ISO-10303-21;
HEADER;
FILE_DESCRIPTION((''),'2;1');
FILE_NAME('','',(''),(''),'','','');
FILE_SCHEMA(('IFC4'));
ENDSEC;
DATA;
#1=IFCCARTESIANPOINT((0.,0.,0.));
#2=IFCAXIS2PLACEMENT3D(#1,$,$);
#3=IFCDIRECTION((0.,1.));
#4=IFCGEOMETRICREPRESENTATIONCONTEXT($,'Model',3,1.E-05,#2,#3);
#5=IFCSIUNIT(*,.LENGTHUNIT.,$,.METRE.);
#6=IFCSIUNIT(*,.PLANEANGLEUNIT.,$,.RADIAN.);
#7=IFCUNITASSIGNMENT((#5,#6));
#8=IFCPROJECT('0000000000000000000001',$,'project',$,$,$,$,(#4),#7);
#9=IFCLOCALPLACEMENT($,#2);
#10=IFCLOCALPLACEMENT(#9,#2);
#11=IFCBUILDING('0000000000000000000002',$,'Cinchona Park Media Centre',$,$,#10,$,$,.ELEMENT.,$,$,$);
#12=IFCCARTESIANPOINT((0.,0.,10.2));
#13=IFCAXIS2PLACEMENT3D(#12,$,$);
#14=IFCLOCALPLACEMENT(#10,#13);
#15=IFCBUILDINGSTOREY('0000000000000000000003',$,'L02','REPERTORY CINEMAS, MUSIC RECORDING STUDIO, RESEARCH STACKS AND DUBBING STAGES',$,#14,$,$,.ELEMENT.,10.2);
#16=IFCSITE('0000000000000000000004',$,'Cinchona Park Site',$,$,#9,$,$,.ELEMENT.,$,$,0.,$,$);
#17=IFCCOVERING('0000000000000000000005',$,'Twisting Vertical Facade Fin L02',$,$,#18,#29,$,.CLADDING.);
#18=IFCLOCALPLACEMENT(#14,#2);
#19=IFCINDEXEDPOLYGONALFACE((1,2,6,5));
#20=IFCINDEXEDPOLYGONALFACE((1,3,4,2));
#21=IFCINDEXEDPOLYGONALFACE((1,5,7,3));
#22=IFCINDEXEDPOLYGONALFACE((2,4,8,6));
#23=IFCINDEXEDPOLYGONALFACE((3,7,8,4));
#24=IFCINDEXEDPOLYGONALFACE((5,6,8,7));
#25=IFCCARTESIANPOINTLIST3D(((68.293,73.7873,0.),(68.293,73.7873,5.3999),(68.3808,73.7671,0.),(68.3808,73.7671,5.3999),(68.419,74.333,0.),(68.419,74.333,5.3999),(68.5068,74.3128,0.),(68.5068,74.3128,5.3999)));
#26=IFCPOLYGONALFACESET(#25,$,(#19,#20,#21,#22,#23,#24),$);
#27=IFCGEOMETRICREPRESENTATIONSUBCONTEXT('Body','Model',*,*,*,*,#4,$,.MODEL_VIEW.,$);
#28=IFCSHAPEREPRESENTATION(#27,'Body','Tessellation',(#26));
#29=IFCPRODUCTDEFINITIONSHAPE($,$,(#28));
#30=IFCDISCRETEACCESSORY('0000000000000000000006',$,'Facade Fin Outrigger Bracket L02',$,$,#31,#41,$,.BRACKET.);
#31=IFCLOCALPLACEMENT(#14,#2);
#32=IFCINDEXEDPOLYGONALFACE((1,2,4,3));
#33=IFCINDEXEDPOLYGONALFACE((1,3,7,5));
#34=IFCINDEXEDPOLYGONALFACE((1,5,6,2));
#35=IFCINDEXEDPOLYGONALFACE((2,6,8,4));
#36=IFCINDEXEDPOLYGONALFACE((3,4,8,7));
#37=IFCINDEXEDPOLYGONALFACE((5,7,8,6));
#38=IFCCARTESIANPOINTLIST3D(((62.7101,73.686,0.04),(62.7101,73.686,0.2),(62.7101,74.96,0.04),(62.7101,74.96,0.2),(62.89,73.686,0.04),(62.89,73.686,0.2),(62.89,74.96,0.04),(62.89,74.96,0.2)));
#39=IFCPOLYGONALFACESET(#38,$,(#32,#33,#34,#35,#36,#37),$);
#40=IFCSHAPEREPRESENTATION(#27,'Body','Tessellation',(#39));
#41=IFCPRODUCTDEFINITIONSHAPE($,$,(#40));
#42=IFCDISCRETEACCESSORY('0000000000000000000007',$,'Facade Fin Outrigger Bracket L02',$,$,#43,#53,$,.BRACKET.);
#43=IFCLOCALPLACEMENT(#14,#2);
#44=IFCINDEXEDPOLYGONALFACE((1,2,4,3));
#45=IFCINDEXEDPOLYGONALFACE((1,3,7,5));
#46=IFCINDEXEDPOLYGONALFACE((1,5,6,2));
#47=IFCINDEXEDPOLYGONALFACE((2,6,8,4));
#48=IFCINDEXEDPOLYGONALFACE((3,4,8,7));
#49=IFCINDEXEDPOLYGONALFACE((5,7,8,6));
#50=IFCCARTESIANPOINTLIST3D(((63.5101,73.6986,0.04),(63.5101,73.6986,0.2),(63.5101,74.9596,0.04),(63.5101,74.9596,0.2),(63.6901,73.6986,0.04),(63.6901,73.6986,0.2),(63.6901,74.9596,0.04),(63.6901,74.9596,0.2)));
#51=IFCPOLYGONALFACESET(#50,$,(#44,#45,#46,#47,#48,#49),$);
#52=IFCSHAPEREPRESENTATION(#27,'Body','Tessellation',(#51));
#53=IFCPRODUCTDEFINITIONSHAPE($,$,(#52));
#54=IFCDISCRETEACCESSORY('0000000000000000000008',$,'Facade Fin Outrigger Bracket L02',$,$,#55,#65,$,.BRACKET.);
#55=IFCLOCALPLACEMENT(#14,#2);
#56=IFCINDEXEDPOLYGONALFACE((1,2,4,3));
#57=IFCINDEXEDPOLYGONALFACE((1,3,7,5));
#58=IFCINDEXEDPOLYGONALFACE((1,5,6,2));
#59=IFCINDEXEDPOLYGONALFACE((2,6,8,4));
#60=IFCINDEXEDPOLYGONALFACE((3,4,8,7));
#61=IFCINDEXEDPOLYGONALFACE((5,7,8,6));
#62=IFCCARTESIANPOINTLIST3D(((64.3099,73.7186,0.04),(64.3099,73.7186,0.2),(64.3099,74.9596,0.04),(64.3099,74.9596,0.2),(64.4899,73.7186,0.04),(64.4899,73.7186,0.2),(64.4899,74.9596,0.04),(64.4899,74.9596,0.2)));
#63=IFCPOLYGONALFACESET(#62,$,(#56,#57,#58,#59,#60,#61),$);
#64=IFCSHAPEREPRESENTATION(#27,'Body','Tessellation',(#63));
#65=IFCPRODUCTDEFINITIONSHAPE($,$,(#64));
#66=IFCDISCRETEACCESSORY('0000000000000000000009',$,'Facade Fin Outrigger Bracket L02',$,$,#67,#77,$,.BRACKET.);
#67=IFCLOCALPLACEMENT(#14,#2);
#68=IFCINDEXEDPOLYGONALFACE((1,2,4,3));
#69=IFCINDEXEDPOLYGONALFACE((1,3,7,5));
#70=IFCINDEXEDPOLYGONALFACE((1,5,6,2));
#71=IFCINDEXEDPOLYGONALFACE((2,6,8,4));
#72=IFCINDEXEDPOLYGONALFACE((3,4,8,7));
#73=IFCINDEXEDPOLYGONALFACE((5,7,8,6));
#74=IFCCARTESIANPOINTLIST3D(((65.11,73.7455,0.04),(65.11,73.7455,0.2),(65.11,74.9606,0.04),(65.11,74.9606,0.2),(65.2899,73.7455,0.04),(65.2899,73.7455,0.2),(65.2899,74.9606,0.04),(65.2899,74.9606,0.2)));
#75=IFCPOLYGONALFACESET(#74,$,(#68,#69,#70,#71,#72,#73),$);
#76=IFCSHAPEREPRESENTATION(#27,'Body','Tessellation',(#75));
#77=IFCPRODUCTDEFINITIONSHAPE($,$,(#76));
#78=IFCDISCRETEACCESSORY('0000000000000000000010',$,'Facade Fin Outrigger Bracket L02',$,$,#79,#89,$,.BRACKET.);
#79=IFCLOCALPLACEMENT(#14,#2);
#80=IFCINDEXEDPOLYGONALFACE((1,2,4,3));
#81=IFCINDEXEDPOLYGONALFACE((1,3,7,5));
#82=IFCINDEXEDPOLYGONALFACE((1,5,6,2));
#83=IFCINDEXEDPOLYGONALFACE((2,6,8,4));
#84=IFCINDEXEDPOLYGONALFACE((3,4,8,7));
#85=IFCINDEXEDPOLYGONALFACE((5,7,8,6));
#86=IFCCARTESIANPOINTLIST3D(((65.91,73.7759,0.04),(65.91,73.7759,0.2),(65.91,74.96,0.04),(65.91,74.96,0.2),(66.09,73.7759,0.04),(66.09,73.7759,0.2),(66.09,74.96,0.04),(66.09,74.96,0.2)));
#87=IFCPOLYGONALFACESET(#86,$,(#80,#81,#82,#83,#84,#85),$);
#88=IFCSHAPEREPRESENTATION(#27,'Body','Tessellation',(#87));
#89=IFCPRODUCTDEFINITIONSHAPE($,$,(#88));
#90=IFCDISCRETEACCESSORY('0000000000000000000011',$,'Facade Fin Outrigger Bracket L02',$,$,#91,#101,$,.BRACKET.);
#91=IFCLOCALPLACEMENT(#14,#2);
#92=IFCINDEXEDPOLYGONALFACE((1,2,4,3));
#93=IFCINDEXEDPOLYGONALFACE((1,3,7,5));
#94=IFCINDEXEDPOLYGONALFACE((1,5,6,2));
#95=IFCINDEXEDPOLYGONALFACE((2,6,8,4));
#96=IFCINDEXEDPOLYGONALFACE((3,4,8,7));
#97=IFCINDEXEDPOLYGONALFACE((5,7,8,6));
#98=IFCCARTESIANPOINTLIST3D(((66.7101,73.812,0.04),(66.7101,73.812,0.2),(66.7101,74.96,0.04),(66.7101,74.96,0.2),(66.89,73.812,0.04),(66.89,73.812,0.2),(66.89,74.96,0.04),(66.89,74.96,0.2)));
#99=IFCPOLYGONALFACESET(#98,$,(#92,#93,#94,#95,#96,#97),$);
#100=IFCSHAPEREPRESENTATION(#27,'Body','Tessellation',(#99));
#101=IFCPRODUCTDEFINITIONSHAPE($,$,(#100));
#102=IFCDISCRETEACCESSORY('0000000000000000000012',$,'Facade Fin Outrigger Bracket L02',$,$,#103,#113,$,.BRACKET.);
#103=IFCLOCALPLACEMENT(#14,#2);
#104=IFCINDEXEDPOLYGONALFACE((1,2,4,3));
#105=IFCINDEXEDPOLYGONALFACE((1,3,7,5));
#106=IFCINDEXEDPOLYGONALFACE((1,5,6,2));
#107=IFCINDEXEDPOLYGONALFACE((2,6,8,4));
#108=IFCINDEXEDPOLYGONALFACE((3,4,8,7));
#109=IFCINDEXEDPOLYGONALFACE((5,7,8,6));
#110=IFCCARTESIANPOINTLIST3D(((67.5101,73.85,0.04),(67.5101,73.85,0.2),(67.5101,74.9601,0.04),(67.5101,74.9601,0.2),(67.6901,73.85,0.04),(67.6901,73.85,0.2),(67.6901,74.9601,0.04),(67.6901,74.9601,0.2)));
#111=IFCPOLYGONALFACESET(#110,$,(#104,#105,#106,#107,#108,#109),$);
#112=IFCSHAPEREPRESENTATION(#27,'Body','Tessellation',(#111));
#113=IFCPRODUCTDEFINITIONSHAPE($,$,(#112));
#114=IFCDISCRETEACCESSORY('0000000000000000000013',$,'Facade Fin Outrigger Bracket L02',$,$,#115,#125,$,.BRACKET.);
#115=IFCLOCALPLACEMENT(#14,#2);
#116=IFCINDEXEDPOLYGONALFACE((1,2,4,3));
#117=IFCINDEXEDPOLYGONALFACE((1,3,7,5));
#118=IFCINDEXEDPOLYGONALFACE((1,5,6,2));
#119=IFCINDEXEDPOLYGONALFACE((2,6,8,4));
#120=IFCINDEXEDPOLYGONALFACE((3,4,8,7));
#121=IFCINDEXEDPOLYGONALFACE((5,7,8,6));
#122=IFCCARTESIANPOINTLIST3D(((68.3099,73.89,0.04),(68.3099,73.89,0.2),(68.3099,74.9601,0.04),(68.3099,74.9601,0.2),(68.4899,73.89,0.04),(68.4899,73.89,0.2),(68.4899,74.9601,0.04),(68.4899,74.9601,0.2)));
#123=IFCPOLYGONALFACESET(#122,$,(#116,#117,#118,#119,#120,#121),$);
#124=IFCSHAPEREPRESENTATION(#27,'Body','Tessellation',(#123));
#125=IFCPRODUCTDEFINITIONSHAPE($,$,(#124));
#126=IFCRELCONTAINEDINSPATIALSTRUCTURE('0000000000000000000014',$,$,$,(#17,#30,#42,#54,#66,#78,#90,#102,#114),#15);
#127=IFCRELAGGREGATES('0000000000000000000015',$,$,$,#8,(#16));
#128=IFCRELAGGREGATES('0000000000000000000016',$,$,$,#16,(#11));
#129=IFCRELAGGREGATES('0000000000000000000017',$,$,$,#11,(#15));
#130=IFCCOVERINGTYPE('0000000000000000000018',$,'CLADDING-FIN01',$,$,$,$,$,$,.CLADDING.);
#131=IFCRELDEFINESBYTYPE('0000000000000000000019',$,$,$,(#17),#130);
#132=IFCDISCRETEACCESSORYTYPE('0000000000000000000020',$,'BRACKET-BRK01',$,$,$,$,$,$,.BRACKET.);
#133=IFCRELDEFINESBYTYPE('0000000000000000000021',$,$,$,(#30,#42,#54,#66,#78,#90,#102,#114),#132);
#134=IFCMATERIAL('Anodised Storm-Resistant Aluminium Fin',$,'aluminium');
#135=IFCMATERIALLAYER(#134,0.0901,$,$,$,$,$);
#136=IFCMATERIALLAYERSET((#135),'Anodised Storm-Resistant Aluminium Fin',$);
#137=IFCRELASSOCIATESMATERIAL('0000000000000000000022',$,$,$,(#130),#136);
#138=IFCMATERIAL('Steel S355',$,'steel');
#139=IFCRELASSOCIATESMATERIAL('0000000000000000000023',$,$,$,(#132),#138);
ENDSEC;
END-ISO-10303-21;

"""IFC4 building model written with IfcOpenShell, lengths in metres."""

from ifc_helpers import new_model, si_unit, direction, frame, origin, origin_2d, place, context, subcontext, project, spatial, rectangle, extrude, material, layer, layer_set, type_object, element, save


model = new_model("IFC4")

# Units and contexts
model_context = context("Model", 3, precision=1e-05, world=origin(), true_north=direction((0.0, 1.0)))
body_context = subcontext(model_context, "Body", "Model", "MODEL_VIEW")
ifc_project = project(units=[si_unit("LENGTHUNIT", "METRE"), si_unit("PLANEANGLEUNIT", "RADIAN")], contexts=[model_context])

# Site, building, storey
site_placement = place(None, origin())
site = spatial("IfcSite", under=ifc_project, at=site_placement, Name="Cinchona Park Site", CompositionType="ELEMENT", RefElevation=0.0)
building_placement = place(site_placement, origin())
building = spatial("IfcBuilding", under=site, at=building_placement, Name="Cinchona Park Media Centre", CompositionType="ELEMENT")
storey_placement = place(building_placement, frame((0.0, 0.0, 10.2)))
storey = spatial("IfcBuildingStorey", under=building, at=storey_placement, Name="L02", Description="REPERTORY CINEMAS, MUSIC RECORDING STUDIO, RESEARCH STACKS AND DUBBING STAGES", CompositionType="ELEMENT", Elevation=10.2)

# Covering
ifc_material_1 = material(Name="Anodised Storm-Resistant Aluminium Fin", Category="aluminium")
ifc_layer_1 = layer(ifc_material_1, 0.0901)
ifc_layer_set_1 = layer_set([ifc_layer_1], Name="Anodised Storm-Resistant Aluminium Fin")
covering_type = type_object("IfcCoveringType", Name="CLADDING-FIN01", PredefinedType="CLADDING", material=ifc_layer_set_1)
for number, where, z_axis, x_axis, name in (
    (1, (68.3999, 74.05, 0.0), (0.0, 0.0, 1.0), (0.224951, 0.97437, 0.0), "Twisting Vertical Facade Fin L02"),
):
    element("IfcCovering", number, at=place(storey_placement, frame(where, z_axis=z_axis, x_axis=x_axis)), inside=storey, type_object=covering_type, Name=name, PredefinedType="CLADDING", context=body_context, shape_type="SweptSolid", body=[
        extrude(rectangle(XDim=0.5601, YDim=0.0901, at=origin_2d()), origin(), (0.0, 0.0, 1.0), 5.3999),
    ])

# Discrete accessories
ifc_material_2 = material(Name="Steel S355", Category="steel")
discrete_accessory_type = type_object("IfcDiscreteAccessoryType", Name="BRACKET-BRK01", PredefinedType="BRACKET", material=ifc_material_2)
discrete_accessory_1_placement = place(storey_placement, frame((62.8, 74.323, 0.04), z_axis=(0.0, 0.0, 1.0), x_axis=(1.0, 0.0, 0.0)))
element("IfcDiscreteAccessory", 2, at=discrete_accessory_1_placement, inside=storey, type_object=discrete_accessory_type, Name="Facade Fin Outrigger Bracket L02", PredefinedType="BRACKET", context=body_context, shape_type="SweptSolid", body=[
    extrude(rectangle(XDim=0.1799, YDim=1.2739, at=origin_2d()), origin(), (0.0, 0.0, 1.0), 0.1599),
])
discrete_accessory_2_placement = place(storey_placement, frame((63.6001, 74.3291, 0.04), z_axis=(0.0, 0.0, 1.0), x_axis=(1.0, 0.0, 0.0)))
element("IfcDiscreteAccessory", 3, at=discrete_accessory_2_placement, inside=storey, type_object=discrete_accessory_type, Name="Facade Fin Outrigger Bracket L02", PredefinedType="BRACKET", context=body_context, shape_type="SweptSolid", body=[
    extrude(rectangle(XDim=0.1799, YDim=1.261, at=origin_2d()), origin(), (0.0, 0.0, 1.0), 0.1599),
])
discrete_accessory_3_placement = place(storey_placement, frame((64.3999, 74.3391, 0.04), z_axis=(0.0, 0.0, 1.0), x_axis=(1.0, 0.0, 0.0)))
element("IfcDiscreteAccessory", 4, at=discrete_accessory_3_placement, inside=storey, type_object=discrete_accessory_type, Name="Facade Fin Outrigger Bracket L02", PredefinedType="BRACKET", context=body_context, shape_type="SweptSolid", body=[
    extrude(rectangle(XDim=0.1799, YDim=1.241, at=origin_2d()), origin(), (0.0, 0.0, 1.0), 0.1599),
])
discrete_accessory_4_placement = place(storey_placement, frame((65.2, 74.353, 0.04), z_axis=(0.0, 0.0, 1.0), x_axis=(1.0, 0.0, 0.0)))
element("IfcDiscreteAccessory", 5, at=discrete_accessory_4_placement, inside=storey, type_object=discrete_accessory_type, Name="Facade Fin Outrigger Bracket L02", PredefinedType="BRACKET", context=body_context, shape_type="SweptSolid", body=[
    extrude(rectangle(XDim=0.1799, YDim=1.2151, at=origin_2d()), origin(), (0.0, 0.0, 1.0), 0.1599),
])
discrete_accessory_5_placement = place(storey_placement, frame((66.0, 74.3679, 0.04), z_axis=(0.0, 0.0, 1.0), x_axis=(1.0, 0.0, 0.0)))
element("IfcDiscreteAccessory", 6, at=discrete_accessory_5_placement, inside=storey, type_object=discrete_accessory_type, Name="Facade Fin Outrigger Bracket L02", PredefinedType="BRACKET", context=body_context, shape_type="SweptSolid", body=[
    extrude(rectangle(XDim=0.1799, YDim=1.1841, at=origin_2d()), origin(), (0.0, 0.0, 1.0), 0.1599),
])
discrete_accessory_6_placement = place(storey_placement, frame((66.8, 74.386, 0.04), z_axis=(0.0, 0.0, 1.0), x_axis=(1.0, 0.0, 0.0)))
element("IfcDiscreteAccessory", 7, at=discrete_accessory_6_placement, inside=storey, type_object=discrete_accessory_type, Name="Facade Fin Outrigger Bracket L02", PredefinedType="BRACKET", context=body_context, shape_type="SweptSolid", body=[
    extrude(rectangle(XDim=0.1799, YDim=1.1479, at=origin_2d()), origin(), (0.0, 0.0, 1.0), 0.1599),
])
discrete_accessory_7_placement = place(storey_placement, frame((67.6001, 74.405, 0.04), z_axis=(0.0, 0.0, 1.0), x_axis=(1.0, 0.0, 0.0)))
element("IfcDiscreteAccessory", 8, at=discrete_accessory_7_placement, inside=storey, type_object=discrete_accessory_type, Name="Facade Fin Outrigger Bracket L02", PredefinedType="BRACKET", context=body_context, shape_type="SweptSolid", body=[
    extrude(rectangle(XDim=0.1799, YDim=1.1101, at=origin_2d()), origin(), (0.0, 0.0, 1.0), 0.1599),
])
discrete_accessory_8_placement = place(storey_placement, frame((68.3999, 74.425, 0.04), z_axis=(0.0, 0.0, 1.0), x_axis=(1.0, 0.0, 0.0)))
element("IfcDiscreteAccessory", 9, at=discrete_accessory_8_placement, inside=storey, type_object=discrete_accessory_type, Name="Facade Fin Outrigger Bracket L02", PredefinedType="BRACKET", context=body_context, shape_type="SweptSolid", body=[
    extrude(rectangle(XDim=0.1799, YDim=1.0701, at=origin_2d()), origin(), (0.0, 0.0, 1.0), 0.1599),
])

save(model, "model.ifc")
